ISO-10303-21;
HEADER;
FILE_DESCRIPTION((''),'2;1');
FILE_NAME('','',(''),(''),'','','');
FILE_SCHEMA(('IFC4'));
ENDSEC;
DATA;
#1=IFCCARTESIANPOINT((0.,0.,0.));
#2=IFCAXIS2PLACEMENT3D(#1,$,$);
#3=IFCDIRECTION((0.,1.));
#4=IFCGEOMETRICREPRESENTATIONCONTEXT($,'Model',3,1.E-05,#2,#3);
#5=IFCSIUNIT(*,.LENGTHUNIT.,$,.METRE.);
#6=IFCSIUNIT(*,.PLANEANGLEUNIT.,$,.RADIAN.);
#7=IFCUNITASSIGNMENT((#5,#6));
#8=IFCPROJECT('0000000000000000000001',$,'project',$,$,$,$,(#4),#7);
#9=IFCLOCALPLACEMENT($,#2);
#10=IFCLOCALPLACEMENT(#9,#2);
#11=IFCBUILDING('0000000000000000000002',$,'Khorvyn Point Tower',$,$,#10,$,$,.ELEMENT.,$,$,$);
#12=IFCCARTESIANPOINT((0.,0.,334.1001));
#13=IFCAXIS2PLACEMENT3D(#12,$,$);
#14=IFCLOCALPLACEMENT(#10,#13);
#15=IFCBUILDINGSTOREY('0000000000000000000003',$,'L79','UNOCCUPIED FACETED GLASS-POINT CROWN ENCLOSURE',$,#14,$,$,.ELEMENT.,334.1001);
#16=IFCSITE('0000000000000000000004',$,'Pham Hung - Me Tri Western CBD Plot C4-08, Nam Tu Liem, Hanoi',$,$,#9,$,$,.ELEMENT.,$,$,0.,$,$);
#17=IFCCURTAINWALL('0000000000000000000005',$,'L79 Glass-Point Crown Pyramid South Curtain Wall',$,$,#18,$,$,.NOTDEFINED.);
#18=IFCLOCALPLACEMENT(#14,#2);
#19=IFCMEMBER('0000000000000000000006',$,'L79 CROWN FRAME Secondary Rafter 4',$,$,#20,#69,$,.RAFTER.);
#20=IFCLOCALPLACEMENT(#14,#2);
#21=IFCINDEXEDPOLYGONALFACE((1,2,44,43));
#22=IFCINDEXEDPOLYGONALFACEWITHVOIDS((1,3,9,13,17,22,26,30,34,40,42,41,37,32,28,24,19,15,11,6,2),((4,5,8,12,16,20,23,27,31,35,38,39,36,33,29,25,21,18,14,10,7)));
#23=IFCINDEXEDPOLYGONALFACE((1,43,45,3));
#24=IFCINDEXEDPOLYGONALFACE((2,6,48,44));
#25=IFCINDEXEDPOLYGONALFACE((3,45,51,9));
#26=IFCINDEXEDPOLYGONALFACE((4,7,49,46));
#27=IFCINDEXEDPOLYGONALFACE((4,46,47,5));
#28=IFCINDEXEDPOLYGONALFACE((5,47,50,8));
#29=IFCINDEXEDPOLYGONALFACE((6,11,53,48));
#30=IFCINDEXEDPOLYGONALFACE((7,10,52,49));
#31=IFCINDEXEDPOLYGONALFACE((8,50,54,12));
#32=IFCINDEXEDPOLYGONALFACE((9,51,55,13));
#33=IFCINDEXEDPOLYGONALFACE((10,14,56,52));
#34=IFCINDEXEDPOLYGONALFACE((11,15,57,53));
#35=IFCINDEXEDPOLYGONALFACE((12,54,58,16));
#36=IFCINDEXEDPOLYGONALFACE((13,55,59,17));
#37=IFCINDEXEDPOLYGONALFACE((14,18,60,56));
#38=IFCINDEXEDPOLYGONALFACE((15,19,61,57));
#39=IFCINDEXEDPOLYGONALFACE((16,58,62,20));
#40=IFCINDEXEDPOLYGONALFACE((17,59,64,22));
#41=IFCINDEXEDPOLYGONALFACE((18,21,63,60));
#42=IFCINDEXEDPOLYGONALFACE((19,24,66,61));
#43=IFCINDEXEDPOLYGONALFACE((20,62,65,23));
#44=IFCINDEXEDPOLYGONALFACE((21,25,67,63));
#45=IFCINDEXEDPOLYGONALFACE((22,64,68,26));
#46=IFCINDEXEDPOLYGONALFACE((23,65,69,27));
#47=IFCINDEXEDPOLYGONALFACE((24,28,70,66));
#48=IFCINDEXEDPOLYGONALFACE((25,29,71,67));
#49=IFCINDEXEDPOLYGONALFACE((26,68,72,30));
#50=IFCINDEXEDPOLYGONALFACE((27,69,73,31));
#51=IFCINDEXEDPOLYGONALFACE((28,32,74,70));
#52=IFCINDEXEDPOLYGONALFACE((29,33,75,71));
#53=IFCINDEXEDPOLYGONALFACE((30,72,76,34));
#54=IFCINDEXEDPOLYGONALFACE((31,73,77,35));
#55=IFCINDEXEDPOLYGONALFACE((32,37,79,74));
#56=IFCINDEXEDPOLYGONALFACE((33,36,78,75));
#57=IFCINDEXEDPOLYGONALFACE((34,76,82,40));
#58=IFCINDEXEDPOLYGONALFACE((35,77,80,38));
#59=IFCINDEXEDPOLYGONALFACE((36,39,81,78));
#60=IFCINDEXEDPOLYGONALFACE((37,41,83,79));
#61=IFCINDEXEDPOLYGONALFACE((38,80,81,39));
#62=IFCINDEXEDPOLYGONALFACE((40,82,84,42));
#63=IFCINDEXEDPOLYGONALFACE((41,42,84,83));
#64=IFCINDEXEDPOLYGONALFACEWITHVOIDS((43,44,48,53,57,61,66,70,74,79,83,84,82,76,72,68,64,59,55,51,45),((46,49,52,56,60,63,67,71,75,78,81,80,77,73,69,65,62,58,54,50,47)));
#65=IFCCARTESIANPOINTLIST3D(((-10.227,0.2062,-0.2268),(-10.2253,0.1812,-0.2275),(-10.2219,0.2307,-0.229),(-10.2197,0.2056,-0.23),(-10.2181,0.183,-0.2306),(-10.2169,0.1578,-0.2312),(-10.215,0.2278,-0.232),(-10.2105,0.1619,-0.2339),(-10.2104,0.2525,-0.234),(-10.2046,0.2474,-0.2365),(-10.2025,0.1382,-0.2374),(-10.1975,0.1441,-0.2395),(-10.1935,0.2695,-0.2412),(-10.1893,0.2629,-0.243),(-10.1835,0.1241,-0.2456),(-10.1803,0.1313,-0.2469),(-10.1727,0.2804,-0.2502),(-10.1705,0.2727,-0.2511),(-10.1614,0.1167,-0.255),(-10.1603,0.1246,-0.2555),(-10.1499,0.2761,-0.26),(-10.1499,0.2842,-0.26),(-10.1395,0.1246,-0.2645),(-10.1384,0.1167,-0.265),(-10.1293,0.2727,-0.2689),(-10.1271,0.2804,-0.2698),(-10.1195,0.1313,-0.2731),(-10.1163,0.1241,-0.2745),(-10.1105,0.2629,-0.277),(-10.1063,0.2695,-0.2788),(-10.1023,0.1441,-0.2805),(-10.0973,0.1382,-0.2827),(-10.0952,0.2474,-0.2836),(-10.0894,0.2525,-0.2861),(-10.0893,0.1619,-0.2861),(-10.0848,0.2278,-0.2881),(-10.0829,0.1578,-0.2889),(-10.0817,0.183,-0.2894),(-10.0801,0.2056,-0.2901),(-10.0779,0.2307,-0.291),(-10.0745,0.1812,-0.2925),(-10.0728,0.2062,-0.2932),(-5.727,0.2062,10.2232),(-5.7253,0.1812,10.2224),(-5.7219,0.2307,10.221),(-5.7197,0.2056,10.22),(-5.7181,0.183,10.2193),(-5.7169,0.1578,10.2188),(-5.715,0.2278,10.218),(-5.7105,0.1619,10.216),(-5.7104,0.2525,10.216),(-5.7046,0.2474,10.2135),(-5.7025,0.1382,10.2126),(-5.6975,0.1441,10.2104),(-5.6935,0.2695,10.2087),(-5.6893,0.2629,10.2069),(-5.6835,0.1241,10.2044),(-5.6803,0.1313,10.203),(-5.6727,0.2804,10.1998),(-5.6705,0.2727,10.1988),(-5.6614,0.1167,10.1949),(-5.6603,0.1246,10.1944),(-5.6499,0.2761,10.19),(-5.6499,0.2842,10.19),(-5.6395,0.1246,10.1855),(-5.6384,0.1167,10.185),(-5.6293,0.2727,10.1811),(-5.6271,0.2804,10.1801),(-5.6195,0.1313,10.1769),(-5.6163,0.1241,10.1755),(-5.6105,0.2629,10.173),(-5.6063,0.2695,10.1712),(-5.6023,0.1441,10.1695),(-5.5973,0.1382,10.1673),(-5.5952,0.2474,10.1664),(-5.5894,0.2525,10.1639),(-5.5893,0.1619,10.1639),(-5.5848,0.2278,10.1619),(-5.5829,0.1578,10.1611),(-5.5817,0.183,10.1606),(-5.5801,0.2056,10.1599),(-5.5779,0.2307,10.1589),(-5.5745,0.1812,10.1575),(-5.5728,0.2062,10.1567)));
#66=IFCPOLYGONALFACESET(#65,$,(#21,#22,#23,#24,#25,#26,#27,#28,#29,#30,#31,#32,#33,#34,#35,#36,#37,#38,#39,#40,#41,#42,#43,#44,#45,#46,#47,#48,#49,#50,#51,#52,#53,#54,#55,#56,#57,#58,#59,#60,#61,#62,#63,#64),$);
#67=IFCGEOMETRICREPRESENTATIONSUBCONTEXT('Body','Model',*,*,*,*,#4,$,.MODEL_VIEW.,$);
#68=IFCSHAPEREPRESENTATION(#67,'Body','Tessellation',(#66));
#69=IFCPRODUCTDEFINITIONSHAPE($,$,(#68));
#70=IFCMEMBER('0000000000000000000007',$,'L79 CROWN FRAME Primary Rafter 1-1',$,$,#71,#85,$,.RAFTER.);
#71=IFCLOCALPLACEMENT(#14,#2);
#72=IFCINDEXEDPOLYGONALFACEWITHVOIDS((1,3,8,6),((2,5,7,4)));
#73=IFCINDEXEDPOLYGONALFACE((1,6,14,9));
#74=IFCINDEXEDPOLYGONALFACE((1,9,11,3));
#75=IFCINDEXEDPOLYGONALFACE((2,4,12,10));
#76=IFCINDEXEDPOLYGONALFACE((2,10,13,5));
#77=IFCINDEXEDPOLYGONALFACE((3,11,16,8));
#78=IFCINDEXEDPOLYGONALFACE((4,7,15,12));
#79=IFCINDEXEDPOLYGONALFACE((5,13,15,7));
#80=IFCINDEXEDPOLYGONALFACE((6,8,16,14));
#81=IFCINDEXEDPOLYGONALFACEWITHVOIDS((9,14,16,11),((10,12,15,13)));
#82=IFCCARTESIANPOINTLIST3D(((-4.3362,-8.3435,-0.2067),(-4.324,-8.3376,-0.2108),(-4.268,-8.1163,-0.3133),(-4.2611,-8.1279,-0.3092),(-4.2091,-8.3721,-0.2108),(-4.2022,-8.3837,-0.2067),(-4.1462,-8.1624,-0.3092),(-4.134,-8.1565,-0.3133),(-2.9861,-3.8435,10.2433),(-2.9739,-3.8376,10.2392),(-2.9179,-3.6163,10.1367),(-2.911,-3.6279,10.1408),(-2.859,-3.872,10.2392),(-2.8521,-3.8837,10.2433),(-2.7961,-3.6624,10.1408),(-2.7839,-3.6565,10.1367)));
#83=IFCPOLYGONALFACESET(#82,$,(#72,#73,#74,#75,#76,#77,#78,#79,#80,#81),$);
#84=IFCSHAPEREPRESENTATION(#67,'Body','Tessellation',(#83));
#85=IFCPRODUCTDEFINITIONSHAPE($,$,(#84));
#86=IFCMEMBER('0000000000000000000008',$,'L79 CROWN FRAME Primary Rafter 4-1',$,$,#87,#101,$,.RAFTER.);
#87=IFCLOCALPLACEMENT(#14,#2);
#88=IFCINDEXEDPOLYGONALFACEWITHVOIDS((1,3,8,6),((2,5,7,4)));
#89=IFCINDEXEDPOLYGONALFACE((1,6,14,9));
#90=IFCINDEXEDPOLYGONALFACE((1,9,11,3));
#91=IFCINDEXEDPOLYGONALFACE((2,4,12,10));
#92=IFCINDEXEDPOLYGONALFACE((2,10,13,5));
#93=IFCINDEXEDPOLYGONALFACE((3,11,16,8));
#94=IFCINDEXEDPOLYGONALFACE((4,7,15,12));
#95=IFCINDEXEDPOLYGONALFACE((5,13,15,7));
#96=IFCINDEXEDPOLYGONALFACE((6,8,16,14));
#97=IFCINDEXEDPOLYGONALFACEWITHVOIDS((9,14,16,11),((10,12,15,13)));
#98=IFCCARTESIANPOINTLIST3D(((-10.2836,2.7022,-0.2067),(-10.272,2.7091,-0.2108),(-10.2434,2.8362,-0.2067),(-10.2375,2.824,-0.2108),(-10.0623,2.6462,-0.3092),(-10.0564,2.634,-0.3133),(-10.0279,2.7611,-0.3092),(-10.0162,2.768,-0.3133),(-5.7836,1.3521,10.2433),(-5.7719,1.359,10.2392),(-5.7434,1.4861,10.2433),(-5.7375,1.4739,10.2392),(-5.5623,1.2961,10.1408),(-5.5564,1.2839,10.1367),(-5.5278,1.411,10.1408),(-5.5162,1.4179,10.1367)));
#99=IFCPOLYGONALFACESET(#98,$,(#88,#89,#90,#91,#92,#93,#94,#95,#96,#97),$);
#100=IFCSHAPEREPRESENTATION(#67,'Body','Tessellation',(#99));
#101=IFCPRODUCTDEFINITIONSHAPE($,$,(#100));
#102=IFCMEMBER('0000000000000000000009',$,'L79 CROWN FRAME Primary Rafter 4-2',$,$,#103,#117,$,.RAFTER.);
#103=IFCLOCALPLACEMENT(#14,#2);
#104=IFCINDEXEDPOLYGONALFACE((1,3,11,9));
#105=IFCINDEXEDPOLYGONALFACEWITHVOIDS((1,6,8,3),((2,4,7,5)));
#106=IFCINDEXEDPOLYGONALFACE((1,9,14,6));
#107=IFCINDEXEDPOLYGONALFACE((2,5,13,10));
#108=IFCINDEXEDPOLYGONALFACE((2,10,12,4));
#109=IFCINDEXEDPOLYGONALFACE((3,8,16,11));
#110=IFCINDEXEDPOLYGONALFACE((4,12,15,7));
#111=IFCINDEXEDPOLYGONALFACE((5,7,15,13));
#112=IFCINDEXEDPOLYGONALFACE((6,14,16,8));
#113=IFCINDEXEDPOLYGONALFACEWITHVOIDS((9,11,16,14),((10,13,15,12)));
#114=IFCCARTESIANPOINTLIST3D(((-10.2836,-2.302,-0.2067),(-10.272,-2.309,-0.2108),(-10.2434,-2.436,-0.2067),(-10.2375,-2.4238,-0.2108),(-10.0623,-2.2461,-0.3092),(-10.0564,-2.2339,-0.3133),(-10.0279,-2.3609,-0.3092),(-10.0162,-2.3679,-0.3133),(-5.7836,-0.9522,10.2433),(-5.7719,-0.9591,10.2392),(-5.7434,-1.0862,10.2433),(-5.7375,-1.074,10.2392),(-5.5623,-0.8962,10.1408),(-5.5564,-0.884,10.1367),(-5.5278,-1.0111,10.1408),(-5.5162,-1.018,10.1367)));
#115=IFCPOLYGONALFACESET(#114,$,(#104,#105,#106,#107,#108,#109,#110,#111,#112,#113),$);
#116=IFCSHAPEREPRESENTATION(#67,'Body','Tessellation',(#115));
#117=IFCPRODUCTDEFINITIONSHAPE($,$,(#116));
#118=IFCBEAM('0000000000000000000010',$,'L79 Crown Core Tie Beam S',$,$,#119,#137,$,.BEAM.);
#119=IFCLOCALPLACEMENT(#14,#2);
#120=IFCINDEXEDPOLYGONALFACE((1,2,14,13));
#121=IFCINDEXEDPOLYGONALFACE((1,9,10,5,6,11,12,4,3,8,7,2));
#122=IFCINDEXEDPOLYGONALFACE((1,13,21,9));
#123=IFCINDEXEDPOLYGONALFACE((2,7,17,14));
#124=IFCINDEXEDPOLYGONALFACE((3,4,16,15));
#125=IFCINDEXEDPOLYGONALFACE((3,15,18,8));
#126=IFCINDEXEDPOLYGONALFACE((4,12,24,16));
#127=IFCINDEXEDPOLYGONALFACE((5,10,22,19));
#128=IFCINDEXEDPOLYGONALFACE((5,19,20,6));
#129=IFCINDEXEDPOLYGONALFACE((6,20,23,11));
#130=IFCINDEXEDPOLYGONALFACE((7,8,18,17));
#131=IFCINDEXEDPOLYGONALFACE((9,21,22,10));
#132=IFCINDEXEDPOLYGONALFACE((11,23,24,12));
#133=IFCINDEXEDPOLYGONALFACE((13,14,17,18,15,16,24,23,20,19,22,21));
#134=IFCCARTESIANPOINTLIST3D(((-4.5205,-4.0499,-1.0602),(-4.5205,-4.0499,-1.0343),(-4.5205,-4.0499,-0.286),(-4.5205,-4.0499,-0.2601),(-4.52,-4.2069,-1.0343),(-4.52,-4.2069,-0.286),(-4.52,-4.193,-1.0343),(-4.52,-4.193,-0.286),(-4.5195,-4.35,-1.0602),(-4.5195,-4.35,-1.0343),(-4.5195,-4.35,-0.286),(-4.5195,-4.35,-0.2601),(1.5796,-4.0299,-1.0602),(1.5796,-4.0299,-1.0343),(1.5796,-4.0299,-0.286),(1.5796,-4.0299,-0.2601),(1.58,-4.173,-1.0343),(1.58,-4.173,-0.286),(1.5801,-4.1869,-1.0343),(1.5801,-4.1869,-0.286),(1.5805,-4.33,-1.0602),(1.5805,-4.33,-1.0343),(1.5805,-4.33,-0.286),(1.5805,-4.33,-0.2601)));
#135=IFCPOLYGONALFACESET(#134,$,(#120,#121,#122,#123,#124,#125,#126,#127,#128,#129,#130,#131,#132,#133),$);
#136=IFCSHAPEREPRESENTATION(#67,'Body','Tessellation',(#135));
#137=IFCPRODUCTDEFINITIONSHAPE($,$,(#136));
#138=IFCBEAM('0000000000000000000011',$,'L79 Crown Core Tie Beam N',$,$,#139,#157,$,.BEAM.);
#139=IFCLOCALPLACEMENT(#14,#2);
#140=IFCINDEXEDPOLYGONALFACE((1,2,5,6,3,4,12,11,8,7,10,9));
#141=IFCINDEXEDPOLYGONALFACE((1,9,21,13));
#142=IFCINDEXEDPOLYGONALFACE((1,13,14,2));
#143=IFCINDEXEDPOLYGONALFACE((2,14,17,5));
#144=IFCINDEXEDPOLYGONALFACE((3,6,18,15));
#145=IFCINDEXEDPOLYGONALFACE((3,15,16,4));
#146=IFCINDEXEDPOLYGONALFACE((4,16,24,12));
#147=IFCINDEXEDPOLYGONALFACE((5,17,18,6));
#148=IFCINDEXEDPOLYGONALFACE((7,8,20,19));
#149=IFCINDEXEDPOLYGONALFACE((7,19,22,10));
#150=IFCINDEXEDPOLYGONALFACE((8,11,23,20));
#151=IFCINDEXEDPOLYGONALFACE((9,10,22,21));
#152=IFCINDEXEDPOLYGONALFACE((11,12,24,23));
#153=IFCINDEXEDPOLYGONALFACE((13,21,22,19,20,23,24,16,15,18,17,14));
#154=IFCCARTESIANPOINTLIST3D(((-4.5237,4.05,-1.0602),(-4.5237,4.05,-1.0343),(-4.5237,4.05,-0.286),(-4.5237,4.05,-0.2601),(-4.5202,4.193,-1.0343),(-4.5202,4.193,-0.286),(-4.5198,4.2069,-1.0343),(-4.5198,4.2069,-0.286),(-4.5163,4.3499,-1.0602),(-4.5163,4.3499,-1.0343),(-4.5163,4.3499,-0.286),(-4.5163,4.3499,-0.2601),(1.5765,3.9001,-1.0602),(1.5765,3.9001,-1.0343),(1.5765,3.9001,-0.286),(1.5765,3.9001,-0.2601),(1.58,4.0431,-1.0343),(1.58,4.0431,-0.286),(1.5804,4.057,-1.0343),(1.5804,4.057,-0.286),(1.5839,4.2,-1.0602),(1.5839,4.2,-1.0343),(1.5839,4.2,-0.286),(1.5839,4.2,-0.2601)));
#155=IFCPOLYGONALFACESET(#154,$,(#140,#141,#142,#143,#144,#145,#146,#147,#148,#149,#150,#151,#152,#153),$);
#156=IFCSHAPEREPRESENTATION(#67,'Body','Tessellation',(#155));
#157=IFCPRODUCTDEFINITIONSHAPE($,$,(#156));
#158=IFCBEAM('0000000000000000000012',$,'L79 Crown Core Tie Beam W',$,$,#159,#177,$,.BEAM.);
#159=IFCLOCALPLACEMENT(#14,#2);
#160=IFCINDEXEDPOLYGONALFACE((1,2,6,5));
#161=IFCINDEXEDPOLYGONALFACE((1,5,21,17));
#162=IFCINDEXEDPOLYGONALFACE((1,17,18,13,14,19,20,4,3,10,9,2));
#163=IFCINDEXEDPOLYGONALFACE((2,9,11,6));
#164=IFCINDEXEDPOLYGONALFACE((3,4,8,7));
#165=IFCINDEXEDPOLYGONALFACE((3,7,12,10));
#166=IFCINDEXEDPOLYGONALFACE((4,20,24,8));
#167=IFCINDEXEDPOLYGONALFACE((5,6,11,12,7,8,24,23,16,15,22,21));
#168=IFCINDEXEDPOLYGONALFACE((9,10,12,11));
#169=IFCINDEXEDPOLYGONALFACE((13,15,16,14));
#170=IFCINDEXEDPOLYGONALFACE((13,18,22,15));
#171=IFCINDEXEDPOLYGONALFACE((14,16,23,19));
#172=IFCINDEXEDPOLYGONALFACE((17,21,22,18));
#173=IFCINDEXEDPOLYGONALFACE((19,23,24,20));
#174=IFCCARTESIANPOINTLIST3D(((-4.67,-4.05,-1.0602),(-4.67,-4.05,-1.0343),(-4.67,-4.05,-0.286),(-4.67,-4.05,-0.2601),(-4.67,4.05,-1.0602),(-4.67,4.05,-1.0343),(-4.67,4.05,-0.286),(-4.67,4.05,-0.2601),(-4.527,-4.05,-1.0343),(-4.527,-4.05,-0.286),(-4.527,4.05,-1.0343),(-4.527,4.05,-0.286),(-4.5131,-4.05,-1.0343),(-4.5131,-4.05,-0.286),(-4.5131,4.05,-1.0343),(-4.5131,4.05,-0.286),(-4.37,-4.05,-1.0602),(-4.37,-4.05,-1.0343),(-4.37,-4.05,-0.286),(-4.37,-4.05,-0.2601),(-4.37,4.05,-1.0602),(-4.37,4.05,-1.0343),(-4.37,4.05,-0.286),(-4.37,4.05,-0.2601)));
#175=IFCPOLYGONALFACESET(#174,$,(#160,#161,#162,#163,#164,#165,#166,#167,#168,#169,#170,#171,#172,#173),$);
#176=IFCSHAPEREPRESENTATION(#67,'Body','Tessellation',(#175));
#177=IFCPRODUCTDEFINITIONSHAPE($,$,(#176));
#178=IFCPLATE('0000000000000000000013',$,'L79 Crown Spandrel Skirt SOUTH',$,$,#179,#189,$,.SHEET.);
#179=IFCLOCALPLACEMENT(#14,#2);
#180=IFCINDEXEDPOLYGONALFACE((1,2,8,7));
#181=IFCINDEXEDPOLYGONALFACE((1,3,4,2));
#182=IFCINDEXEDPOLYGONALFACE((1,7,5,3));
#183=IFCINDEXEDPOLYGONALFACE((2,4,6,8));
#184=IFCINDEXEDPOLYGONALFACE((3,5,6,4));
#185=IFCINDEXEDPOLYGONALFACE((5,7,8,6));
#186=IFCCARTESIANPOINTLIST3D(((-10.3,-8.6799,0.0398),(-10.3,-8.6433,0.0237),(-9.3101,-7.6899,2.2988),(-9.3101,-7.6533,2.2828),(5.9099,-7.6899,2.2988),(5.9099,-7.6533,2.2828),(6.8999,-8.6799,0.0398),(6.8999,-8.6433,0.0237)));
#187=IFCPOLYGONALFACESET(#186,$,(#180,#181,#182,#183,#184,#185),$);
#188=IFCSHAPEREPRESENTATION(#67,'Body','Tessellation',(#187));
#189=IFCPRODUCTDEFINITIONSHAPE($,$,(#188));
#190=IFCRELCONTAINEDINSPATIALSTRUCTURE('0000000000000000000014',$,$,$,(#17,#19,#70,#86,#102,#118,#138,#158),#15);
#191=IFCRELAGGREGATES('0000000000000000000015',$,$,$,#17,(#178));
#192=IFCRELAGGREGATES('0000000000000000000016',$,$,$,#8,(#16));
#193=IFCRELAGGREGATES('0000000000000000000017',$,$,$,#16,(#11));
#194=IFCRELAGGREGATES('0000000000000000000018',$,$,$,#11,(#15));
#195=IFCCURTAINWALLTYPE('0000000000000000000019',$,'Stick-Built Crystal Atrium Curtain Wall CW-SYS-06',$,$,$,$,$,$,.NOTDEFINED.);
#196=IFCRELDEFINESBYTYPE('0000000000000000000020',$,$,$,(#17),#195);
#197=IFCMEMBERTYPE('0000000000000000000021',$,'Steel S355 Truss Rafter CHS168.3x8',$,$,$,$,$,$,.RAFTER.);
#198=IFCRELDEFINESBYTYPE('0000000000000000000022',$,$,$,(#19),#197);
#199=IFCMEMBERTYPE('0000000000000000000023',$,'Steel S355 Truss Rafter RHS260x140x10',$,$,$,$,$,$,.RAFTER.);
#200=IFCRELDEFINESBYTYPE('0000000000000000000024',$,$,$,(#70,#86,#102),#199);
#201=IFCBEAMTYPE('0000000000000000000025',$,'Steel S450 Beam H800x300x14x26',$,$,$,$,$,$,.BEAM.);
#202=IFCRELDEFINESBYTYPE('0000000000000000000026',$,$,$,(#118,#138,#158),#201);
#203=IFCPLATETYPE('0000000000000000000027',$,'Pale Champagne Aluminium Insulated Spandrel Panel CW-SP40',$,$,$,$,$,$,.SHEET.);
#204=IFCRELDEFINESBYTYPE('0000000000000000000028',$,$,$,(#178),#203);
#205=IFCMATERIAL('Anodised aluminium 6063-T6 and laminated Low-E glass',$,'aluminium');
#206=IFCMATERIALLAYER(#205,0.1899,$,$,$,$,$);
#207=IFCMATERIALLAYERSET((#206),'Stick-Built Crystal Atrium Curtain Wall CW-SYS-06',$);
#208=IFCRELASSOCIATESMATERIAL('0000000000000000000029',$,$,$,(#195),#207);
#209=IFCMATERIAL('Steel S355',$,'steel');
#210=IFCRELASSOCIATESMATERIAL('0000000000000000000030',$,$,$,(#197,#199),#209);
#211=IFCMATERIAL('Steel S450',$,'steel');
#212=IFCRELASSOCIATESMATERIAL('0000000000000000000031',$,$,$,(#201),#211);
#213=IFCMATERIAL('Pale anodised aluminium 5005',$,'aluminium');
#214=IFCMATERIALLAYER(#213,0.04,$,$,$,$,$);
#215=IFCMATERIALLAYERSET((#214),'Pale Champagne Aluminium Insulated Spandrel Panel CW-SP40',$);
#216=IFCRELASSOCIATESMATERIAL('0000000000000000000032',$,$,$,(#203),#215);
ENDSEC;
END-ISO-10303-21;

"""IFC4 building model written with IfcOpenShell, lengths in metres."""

from ifc_helpers import new_model, si_unit, direction, frame, origin, origin_2d, place, context, subcontext, project, spatial, polyline, hollow_rectangle, hollow_circle, i_section, outline, extrude, material, layer, layer_set, material_profile, profile_set, type_object, element, aggregate, save


model = new_model("IFC4")

# Units and contexts
model_context = context("Model", 3, precision=1e-05, world=origin(), true_north=direction((0.0, 1.0)))
body_context = subcontext(model_context, "Body", "Model", "MODEL_VIEW")
ifc_project = project(units=[si_unit("LENGTHUNIT", "METRE"), si_unit("PLANEANGLEUNIT", "RADIAN")], contexts=[model_context])

# Site, building, storey
site_placement = place(None, origin())
site = spatial("IfcSite", under=ifc_project, at=site_placement, Name="Pham Hung - Me Tri Western CBD Plot C4-08, Nam Tu Liem, Hanoi", CompositionType="ELEMENT", RefElevation=0.0)
building_placement = place(site_placement, origin())
building = spatial("IfcBuilding", under=site, at=building_placement, Name="Khorvyn Point Tower", CompositionType="ELEMENT")
storey_placement = place(building_placement, frame((0.0, 0.0, 334.1001)))
storey = spatial("IfcBuildingStorey", under=building, at=storey_placement, Name="L79", Description="UNOCCUPIED FACETED GLASS-POINT CROWN ENCLOSURE", CompositionType="ELEMENT", Elevation=334.1001)

# Shared definitions
ifc_material_1 = material(Name="Steel S355", Category="steel")

# Curtain wall
ifc_material_2 = material(Name="Anodised aluminium 6063-T6 and laminated Low-E glass", Category="aluminium")
ifc_layer_1 = layer(ifc_material_2, 0.1899)
ifc_layer_set_1 = layer_set([ifc_layer_1], Name="Stick-Built Crystal Atrium Curtain Wall CW-SYS-06")
curtain_wall_type = type_object("IfcCurtainWallType", Name="Stick-Built Crystal Atrium Curtain Wall CW-SYS-06", PredefinedType="NOTDEFINED", material=ifc_layer_set_1)
curtain_wall_1_placement = place(storey_placement, origin())
curtain_wall_1 = element("IfcCurtainWall", 1, at=curtain_wall_1_placement, inside=storey, type_object=curtain_wall_type, Name="L79 Glass-Point Crown Pyramid South Curtain Wall", PredefinedType="NOTDEFINED")

# Members
ifc_material_profile_1 = material_profile(ifc_material_1, hollow_circle(Radius=0.0842, WallThickness=0.0081, at=origin_2d()))
ifc_profile_set_1 = profile_set([ifc_material_profile_1], Name="Steel S355 CHS168.3x8")
member_type_1 = type_object("IfcMemberType", Name="Steel S355 Truss Rafter CHS168.3x8", PredefinedType="RAFTER", material=ifc_profile_set_1)
member_1_placement = place(storey_placement, frame((-10.1499, 0.2, -0.26), z_axis=(0.395511, 0.0, 0.918461), x_axis=(0.0, 1.0, 0.0)))
element("IfcMember", 2, at=member_1_placement, inside=storey, type_object=member_type_1, Name="L79 CROWN FRAME Secondary Rafter 4", PredefinedType="RAFTER", context=body_context, shape_type="SweptSolid", body=[
    extrude(hollow_circle(Radius=0.0842, WallThickness=0.0081, at=origin_2d()), origin(), (0.0, 0.0, 1.0), 11.3777),
])
ifc_material_profile_2 = material_profile(ifc_material_1, hollow_rectangle(XDim=0.1399, YDim=0.26, WallThickness=0.01, at=origin_2d()))
ifc_profile_set_2 = profile_set([ifc_material_profile_2], Name="Steel S355 RHS260x140x10")
member_type_2 = type_object("IfcMemberType", Name="Steel S355 Truss Rafter RHS260x140x10", PredefinedType="RAFTER", material=ifc_profile_set_2)
for number, where, z_axis, x_axis, name in (
    (3, (-4.2351, -8.25, -0.26), (0.117835, 0.392756, 0.912062), (-0.957821, 0.287367, 0.0), "L79 CROWN FRAME Primary Rafter 1-1"),
    (4, (-10.1499, 2.7351, -0.26), (0.392756, -0.117835, 0.912062), (0.287367, 0.957821, 0.0), "L79 CROWN FRAME Primary Rafter 4-1"),
    (5, (-10.1499, -2.335, -0.26), (0.392757, 0.117814, 0.912065), (-0.287319, 0.957835, 0.0), "L79 CROWN FRAME Primary Rafter 4-2"),
):
    element("IfcMember", number, at=place(storey_placement, frame(where, z_axis=z_axis, x_axis=x_axis)), inside=storey, type_object=member_type_2, Name=name, PredefinedType="RAFTER", context=body_context, shape_type="SweptSolid", body=[
        extrude(hollow_rectangle(XDim=0.1399, YDim=0.26, WallThickness=0.01, at=origin_2d()), origin(), (0.0, 0.0, 1.0), 11.4575),
    ])

# Beams
ifc_material_3 = material(Name="Steel S450", Category="steel")
ifc_material_profile_3 = material_profile(ifc_material_3, i_section(OverallWidth=0.3, OverallDepth=0.8, WebThickness=0.0139, FlangeThickness=0.0259, at=origin_2d()))
ifc_profile_set_3 = profile_set([ifc_material_profile_3], Name="Steel S450 H800x300x14x26")
beam_type_1 = type_object("IfcBeamType", Name="Steel S450 Beam H800x300x14x26", PredefinedType="BEAM", material=ifc_profile_set_3)
beam_1_placement = place(storey_placement, frame((-4.52, -4.2, -0.6602), z_axis=(0.999995, 0.003282, 0.0), x_axis=(-0.003282, 0.999995, 0.0)))
element("IfcBeam", 6, at=beam_1_placement, inside=storey, type_object=beam_type_1, Name="L79 Crown Core Tie Beam S", PredefinedType="BEAM", context=body_context, shape_type="SweptSolid", body=[
    extrude(i_section(OverallWidth=0.3, OverallDepth=0.8, WebThickness=0.0139, FlangeThickness=0.0259, at=origin_2d()), origin(), (0.0, 0.0, 1.0), 6.1001),
])
beam_2_placement = place(storey_placement, frame((-4.52, 4.2, -0.6602), z_axis=(0.999698, -0.024566, 0.0), x_axis=(0.024566, 0.999698, 0.0)))
element("IfcBeam", 7, at=beam_2_placement, inside=storey, type_object=beam_type_1, Name="L79 Crown Core Tie Beam N", PredefinedType="BEAM", context=body_context, shape_type="SweptSolid", body=[
    extrude(i_section(OverallWidth=0.3, OverallDepth=0.8, WebThickness=0.0139, FlangeThickness=0.0259, at=origin_2d()), origin(), (0.0, 0.0, 1.0), 6.1021),
])
beam_3_placement = place(storey_placement, frame((-4.52, -4.05, -0.6602), z_axis=(0.0, 1.0, 0.0), x_axis=(-1.0, 0.0, 0.0)))
element("IfcBeam", 8, at=beam_3_placement, inside=storey, type_object=beam_type_1, Name="L79 Crown Core Tie Beam W", PredefinedType="BEAM", context=body_context, shape_type="SweptSolid", body=[
    extrude(i_section(OverallWidth=0.3, OverallDepth=0.8, WebThickness=0.0139, FlangeThickness=0.0259, at=origin_2d()), origin(), (0.0, 0.0, 1.0), 8.1001),
])

# Plate
ifc_material_4 = material(Name="Pale anodised aluminium 5005", Category="aluminium")
ifc_layer_2 = layer(ifc_material_4, 0.04)
ifc_layer_set_2 = layer_set([ifc_layer_2], Name="Pale Champagne Aluminium Insulated Spandrel Panel CW-SP40")
plate_type_1 = type_object("IfcPlateType", Name="Pale Champagne Aluminium Insulated Spandrel Panel CW-SP40", PredefinedType="SHEET", material=ifc_layer_set_2)
plate_1_placement = place(storey_placement, frame((-10.3, -8.6799, 0.0398), z_axis=(0.0, -0.91591, 0.401385), x_axis=(1.0, 0.0, 0.0)))
plate_1 = element("IfcPlate", 9, at=plate_1_placement, type_object=plate_type_1, Name="L79 Crown Spandrel Skirt SOUTH", PredefinedType="SHEET", context=body_context, shape_type="SweptSolid", body=[
    extrude(outline(polyline([(0.0, 0.0), (17.2, 0.0), (16.21, 2.4664), (0.99, 2.4664), (0.0, 0.0)])), origin(), (0.0, 0.0, -1.0), 0.04),
])

aggregate(curtain_wall_1, [plate_1])

save(model, "model.ifc")
